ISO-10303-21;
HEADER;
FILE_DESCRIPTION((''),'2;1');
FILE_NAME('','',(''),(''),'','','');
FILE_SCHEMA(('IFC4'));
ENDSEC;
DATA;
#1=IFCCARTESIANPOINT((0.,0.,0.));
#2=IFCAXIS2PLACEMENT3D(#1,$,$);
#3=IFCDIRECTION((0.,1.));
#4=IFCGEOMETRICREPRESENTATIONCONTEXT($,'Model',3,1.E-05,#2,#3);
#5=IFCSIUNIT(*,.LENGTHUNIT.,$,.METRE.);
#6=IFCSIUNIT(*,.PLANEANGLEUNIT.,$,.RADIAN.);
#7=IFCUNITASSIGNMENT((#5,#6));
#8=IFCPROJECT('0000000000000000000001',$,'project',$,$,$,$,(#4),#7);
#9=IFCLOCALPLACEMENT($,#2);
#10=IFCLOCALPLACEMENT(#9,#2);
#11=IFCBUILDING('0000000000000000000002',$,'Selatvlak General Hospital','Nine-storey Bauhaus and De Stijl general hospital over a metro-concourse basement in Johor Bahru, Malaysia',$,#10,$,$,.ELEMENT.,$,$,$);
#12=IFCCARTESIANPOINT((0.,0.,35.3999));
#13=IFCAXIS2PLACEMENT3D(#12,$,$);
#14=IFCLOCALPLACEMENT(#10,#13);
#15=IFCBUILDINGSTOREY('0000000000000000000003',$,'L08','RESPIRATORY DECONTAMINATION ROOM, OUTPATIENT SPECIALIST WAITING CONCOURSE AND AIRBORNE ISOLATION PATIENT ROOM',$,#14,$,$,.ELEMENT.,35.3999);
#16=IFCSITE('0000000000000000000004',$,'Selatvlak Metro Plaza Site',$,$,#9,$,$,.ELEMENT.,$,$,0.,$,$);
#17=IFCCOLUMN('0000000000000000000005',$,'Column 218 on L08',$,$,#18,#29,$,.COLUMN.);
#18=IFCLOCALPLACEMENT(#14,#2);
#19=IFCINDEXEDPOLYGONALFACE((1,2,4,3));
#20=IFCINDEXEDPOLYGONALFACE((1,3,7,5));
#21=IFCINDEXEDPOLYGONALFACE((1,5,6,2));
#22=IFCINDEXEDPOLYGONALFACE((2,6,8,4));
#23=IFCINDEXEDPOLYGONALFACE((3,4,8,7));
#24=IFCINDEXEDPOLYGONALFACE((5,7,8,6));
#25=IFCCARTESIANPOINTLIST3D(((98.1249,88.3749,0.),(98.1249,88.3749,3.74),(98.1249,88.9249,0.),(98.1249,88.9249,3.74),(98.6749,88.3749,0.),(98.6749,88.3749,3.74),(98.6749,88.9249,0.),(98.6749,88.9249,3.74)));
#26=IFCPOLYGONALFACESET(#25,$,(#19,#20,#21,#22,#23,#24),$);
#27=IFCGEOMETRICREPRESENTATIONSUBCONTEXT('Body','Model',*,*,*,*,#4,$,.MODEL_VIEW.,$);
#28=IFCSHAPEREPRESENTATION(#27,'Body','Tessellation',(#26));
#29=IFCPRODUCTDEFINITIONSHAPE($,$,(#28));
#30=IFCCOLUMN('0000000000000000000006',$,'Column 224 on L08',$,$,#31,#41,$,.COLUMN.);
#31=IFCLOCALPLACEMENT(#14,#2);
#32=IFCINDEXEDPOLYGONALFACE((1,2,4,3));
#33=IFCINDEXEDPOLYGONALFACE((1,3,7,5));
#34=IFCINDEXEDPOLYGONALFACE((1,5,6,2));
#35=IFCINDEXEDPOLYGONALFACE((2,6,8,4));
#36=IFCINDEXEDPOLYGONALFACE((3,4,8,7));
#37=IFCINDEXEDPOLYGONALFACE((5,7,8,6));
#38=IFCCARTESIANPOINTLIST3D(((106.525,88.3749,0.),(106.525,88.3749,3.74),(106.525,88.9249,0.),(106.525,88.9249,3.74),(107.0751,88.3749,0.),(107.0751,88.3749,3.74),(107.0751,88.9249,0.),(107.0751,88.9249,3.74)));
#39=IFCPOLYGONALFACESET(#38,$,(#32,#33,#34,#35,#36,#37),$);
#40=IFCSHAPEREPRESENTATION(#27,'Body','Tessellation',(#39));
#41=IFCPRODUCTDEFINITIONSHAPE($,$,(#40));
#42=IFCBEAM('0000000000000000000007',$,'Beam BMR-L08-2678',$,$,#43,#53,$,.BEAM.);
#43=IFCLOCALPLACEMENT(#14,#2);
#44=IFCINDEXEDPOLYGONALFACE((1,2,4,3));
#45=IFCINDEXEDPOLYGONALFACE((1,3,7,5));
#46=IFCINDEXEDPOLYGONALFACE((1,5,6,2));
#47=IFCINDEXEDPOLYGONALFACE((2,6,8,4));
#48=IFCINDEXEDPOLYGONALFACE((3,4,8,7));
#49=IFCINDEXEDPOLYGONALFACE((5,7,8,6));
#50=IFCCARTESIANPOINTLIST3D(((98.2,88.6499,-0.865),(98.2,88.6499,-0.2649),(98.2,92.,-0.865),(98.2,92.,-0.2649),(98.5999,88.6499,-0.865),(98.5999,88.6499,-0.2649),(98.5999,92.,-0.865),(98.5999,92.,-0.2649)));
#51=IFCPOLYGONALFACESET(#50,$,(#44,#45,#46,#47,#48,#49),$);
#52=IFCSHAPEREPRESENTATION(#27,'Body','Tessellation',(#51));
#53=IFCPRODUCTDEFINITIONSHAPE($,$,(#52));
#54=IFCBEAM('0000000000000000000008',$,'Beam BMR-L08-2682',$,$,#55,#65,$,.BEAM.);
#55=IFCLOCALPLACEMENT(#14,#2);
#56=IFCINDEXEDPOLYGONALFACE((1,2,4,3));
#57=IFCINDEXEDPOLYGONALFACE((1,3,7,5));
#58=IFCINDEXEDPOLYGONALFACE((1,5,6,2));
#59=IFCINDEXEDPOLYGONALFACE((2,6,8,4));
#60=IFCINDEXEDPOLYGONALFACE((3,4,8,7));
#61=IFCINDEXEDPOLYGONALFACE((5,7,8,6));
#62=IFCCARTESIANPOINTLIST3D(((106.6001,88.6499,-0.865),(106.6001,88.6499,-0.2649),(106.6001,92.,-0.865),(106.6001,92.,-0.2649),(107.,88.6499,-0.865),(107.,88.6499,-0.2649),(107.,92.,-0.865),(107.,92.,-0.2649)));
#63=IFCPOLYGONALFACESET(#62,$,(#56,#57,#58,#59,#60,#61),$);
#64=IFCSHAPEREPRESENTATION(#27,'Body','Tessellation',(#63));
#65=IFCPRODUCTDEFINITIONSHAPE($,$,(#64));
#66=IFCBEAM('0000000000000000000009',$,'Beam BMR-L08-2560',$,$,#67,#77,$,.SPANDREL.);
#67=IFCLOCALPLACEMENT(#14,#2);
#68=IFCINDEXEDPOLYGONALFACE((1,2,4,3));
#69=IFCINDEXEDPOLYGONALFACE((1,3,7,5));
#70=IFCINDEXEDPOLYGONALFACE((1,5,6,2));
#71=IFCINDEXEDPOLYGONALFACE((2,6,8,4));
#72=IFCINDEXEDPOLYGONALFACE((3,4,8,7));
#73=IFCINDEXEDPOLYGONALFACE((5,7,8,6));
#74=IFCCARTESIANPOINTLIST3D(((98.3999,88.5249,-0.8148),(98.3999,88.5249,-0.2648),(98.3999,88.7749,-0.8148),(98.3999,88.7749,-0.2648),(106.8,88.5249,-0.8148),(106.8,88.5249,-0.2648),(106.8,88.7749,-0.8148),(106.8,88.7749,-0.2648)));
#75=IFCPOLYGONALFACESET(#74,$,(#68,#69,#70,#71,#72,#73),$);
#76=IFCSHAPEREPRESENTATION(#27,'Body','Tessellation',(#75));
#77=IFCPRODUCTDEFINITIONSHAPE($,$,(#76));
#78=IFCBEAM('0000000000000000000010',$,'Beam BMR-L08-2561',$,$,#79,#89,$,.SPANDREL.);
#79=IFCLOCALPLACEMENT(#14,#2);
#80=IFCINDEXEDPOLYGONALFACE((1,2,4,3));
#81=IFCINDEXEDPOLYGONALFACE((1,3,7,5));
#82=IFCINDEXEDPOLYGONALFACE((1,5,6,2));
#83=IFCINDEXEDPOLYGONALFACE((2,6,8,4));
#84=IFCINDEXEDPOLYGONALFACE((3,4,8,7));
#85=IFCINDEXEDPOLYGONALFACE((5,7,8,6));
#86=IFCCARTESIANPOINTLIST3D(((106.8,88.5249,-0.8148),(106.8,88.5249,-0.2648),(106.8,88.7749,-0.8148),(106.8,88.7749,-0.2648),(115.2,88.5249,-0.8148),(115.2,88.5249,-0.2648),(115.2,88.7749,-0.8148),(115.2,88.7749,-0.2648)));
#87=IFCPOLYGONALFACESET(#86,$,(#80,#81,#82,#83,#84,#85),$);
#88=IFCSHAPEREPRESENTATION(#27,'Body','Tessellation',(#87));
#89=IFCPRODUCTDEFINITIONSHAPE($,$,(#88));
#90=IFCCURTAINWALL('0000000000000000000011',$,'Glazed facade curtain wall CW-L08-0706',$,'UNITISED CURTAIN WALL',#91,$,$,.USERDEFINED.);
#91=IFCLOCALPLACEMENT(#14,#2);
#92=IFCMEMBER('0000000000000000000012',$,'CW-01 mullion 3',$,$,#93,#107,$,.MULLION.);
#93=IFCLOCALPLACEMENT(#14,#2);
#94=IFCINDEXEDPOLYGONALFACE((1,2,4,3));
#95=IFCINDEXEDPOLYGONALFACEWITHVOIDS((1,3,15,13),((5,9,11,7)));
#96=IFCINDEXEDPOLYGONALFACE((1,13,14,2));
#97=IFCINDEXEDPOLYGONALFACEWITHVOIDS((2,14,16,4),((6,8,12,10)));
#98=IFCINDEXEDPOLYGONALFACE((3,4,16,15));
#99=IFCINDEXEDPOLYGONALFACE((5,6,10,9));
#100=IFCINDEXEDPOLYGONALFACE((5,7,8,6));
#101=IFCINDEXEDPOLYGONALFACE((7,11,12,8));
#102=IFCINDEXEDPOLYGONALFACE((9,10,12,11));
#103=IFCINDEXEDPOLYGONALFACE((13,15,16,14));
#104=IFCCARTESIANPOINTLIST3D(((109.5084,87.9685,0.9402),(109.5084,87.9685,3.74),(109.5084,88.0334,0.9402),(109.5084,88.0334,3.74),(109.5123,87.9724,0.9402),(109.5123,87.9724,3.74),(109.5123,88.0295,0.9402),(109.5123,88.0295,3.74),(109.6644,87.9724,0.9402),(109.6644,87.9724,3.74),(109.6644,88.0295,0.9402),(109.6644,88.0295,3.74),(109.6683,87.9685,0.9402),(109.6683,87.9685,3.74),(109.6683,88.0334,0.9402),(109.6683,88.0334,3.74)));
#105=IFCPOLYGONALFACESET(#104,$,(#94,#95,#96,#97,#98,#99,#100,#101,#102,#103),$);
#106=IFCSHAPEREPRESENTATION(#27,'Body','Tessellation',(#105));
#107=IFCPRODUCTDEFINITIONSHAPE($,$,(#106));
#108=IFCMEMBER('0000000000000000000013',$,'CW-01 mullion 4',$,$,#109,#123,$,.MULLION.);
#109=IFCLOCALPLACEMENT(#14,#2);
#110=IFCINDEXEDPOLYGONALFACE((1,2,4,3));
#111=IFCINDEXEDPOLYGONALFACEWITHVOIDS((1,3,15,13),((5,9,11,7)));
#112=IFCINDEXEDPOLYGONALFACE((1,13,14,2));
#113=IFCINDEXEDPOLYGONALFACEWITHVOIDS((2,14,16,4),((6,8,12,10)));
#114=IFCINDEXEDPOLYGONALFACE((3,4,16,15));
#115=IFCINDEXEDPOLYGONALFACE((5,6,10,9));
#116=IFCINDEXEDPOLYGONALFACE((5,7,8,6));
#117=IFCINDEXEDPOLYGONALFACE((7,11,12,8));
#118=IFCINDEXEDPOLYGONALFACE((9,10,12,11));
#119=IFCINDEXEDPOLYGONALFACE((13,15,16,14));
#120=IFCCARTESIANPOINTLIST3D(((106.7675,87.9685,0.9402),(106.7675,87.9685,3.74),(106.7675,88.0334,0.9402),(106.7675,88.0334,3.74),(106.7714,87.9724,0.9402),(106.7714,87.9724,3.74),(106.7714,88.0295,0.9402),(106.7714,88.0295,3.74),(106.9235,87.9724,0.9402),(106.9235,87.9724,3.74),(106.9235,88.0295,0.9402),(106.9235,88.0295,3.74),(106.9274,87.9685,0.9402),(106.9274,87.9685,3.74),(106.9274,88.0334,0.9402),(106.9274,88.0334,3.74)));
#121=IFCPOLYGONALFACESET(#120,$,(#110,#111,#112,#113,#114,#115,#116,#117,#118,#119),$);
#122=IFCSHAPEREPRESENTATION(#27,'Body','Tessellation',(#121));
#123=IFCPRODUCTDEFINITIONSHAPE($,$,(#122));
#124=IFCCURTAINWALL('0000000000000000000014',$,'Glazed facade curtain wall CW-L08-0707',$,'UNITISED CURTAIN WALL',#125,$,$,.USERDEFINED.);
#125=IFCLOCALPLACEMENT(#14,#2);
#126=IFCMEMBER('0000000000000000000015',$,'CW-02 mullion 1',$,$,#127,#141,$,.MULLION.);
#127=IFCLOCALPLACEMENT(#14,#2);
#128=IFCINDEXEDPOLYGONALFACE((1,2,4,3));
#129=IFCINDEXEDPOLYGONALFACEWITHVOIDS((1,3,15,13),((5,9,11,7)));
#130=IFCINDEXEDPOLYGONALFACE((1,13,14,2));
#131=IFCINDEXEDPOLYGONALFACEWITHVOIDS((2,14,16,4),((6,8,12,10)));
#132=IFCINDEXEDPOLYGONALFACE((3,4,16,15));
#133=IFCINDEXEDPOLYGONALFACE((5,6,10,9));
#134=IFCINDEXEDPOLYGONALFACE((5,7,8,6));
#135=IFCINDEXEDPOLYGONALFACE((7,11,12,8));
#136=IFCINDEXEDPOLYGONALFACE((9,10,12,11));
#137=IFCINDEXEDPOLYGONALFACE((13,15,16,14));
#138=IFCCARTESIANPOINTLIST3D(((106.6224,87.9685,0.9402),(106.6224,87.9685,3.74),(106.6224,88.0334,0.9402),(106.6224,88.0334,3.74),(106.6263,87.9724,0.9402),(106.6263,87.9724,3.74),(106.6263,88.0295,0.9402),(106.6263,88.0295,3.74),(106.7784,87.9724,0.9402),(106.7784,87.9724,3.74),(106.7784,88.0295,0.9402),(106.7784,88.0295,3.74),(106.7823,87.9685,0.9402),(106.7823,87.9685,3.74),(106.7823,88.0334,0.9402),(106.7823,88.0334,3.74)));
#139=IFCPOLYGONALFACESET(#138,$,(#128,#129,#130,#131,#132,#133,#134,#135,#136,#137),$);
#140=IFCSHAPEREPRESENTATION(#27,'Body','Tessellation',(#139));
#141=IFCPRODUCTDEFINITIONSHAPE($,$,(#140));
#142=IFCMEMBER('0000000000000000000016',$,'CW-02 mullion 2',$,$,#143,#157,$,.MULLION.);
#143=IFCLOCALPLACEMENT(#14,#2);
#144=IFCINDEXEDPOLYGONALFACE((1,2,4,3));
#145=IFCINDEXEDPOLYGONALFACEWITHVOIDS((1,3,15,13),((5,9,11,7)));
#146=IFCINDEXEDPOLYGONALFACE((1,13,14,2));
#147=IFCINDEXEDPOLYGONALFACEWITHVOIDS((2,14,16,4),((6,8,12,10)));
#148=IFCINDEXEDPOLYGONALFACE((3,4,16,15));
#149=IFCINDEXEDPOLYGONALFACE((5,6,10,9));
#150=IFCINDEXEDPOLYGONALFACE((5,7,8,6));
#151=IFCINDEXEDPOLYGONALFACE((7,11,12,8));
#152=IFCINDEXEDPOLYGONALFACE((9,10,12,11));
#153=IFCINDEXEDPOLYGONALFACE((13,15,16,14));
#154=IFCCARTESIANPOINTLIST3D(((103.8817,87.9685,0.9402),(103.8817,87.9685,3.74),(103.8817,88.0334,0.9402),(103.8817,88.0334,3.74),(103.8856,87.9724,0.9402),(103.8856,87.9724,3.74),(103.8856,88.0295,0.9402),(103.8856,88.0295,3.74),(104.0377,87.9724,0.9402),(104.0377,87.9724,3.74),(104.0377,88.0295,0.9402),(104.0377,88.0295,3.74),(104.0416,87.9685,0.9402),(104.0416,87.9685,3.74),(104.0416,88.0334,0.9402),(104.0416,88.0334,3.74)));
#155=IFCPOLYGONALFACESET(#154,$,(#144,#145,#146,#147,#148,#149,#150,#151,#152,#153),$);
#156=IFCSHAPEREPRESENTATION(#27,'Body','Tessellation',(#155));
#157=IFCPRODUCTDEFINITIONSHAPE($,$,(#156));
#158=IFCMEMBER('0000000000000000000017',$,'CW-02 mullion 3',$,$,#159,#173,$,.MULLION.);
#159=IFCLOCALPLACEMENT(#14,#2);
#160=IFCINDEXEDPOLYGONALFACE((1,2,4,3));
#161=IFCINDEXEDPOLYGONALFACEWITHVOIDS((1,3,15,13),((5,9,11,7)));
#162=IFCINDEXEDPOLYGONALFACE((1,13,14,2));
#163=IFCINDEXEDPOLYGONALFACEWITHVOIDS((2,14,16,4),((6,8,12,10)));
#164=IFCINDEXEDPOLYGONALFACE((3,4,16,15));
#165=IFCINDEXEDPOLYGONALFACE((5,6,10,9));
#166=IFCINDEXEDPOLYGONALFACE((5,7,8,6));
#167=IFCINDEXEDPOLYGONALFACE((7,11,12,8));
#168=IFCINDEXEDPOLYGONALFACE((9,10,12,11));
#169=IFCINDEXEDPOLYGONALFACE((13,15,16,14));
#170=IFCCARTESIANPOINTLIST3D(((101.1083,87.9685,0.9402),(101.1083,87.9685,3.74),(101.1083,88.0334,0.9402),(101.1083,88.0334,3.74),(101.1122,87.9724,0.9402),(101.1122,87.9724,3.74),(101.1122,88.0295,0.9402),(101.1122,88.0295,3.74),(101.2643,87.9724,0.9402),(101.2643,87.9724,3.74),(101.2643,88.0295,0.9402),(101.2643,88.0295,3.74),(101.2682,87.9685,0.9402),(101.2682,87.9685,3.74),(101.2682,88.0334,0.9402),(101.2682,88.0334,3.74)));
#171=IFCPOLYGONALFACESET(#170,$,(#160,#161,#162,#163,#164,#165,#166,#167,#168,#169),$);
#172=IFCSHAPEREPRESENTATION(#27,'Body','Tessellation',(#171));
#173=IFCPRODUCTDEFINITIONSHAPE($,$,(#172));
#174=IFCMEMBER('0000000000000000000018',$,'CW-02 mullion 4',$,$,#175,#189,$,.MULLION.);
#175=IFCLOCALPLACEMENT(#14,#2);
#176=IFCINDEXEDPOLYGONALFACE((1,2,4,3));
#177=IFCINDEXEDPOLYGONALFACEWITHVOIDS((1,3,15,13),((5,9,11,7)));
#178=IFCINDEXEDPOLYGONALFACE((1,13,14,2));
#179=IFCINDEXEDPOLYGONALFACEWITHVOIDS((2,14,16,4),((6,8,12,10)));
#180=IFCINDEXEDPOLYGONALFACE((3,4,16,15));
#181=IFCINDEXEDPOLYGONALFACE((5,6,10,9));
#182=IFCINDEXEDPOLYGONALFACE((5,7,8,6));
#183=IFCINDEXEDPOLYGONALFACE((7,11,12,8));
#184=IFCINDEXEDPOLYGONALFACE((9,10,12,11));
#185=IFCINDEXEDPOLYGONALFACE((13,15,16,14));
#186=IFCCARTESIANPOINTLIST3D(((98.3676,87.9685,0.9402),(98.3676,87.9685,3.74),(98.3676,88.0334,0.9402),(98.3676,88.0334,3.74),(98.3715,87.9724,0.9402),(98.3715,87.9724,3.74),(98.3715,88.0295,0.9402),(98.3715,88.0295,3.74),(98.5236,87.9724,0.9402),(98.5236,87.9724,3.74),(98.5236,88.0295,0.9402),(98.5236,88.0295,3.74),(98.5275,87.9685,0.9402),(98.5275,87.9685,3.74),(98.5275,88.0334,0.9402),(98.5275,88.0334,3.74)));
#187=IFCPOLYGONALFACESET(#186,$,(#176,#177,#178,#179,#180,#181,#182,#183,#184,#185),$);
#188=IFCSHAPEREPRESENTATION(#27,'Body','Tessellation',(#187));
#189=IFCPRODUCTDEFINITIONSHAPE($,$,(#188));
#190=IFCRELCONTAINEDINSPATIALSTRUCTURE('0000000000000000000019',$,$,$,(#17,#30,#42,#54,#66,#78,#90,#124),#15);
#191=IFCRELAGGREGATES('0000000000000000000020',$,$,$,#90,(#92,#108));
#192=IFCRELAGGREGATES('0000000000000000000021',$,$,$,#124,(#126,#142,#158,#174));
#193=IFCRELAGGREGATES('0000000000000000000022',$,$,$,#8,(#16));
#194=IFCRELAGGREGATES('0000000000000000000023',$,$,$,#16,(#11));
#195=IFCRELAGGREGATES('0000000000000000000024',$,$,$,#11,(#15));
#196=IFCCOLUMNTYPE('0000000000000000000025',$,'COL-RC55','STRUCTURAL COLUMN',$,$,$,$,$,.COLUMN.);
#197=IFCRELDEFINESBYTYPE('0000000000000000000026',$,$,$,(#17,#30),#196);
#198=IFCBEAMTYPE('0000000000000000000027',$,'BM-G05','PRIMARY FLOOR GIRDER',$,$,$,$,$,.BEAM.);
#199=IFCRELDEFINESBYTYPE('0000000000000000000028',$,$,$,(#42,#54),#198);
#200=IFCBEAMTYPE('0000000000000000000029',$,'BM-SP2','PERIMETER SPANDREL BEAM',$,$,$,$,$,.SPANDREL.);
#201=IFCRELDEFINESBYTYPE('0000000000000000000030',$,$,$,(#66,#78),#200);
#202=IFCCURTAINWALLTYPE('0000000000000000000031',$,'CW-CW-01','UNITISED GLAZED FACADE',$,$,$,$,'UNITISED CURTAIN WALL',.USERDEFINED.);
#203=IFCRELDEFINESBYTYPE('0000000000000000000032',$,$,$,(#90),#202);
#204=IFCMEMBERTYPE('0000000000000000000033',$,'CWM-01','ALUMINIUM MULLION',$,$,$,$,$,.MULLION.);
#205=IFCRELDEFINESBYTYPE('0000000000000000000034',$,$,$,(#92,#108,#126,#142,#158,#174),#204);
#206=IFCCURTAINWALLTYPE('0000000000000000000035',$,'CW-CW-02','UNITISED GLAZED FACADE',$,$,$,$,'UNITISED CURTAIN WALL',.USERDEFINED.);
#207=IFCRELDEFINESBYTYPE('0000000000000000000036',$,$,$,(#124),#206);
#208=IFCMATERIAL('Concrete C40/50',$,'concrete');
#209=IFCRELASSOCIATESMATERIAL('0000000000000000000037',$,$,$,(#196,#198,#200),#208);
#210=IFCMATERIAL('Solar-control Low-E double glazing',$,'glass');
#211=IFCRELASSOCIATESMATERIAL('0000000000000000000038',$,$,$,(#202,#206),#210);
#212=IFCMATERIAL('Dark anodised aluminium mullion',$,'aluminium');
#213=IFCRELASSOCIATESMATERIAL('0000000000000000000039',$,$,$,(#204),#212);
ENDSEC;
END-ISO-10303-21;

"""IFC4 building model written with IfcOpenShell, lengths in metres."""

from ifc_helpers import new_model, si_unit, direction, frame, origin, origin_2d, place, context, subcontext, project, spatial, rectangle, hollow_rectangle, extrude, material, material_profile, profile_set, type_object, element, aggregate, save


model = new_model("IFC4")

# Units and contexts
model_context = context("Model", 3, precision=1e-05, world=origin(), true_north=direction((0.0, 1.0)))
body_context = subcontext(model_context, "Body", "Model", "MODEL_VIEW")
ifc_project = project(units=[si_unit("LENGTHUNIT", "METRE"), si_unit("PLANEANGLEUNIT", "RADIAN")], contexts=[model_context])

# Site, building, storey
site_placement = place(None, origin())
site = spatial("IfcSite", under=ifc_project, at=site_placement, Name="Selatvlak Metro Plaza Site", CompositionType="ELEMENT", RefElevation=0.0)
building_placement = place(site_placement, origin())
building = spatial("IfcBuilding", under=site, at=building_placement, Name="Selatvlak General Hospital", Description="Nine-storey Bauhaus and De Stijl general hospital over a metro-concourse basement in Johor Bahru, Malaysia", CompositionType="ELEMENT")
storey_placement = place(building_placement, frame((0.0, 0.0, 35.3999)))
storey = spatial("IfcBuildingStorey", under=building, at=storey_placement, Name="L08", Description="RESPIRATORY DECONTAMINATION ROOM, OUTPATIENT SPECIALIST WAITING CONCOURSE AND AIRBORNE ISOLATION PATIENT ROOM", CompositionType="ELEMENT", Elevation=35.3999)

# Columns
ifc_material_1 = material(Name="Concrete C40/50", Category="concrete")
ifc_material_profile_1 = material_profile(ifc_material_1, rectangle(XDim=0.55, YDim=0.55, at=origin_2d()), Name="RC-COL 550x550")
ifc_profile_set_1 = profile_set([ifc_material_profile_1], Name="Concrete C40/50")
column_type = type_object("IfcColumnType", Name="COL-RC55", Description="STRUCTURAL COLUMN", PredefinedType="COLUMN", material=ifc_profile_set_1)
for number, where, z_axis, x_axis, name in (
    (1, (98.3999, 88.6499, 0.0), (0.0, 0.0, 1.0), (1.0, 0.0, 0.0), "Column 218 on L08"),
    (2, (106.8, 88.6499, 0.0), (0.0, 0.0, 1.0), (1.0, 0.0, 0.0), "Column 224 on L08"),
):
    element("IfcColumn", number, at=place(storey_placement, frame(where, z_axis=z_axis, x_axis=x_axis)), inside=storey, type_object=column_type, Name=name, PredefinedType="COLUMN", context=body_context, shape_type="SweptSolid", body=[
        extrude(rectangle(XDim=0.55, YDim=0.55, at=origin_2d()), origin(), (0.0, 0.0, 1.0), 3.74),
    ])

# Beams
ifc_material_profile_2 = material_profile(ifc_material_1, rectangle(XDim=0.3999, YDim=0.6001, at=origin_2d()), Name="RC-BM 400x600")
ifc_profile_set_2 = profile_set([ifc_material_profile_2], Name="Concrete C40/50")
beam_type_1 = type_object("IfcBeamType", Name="BM-G05", Description="PRIMARY FLOOR GIRDER", PredefinedType="BEAM", material=ifc_profile_set_2)
for number, where, z_axis, x_axis, name in (
    (3, (98.3999, 88.6499, -0.5649), (0.0, 1.0, 0.0), (-1.0, 0.0, 0.0), "Beam BMR-L08-2678"),
    (4, (106.8, 88.6499, -0.5649), (0.0, 1.0, 0.0), (-1.0, 0.0, 0.0), "Beam BMR-L08-2682"),
):
    element("IfcBeam", number, at=place(storey_placement, frame(where, z_axis=z_axis, x_axis=x_axis)), inside=storey, type_object=beam_type_1, Name=name, PredefinedType="BEAM", context=body_context, shape_type="SweptSolid", body=[
        extrude(rectangle(XDim=0.3999, YDim=0.6001, at=origin_2d()), origin(), (0.0, 0.0, 1.0), 3.3501),
    ])
ifc_material_profile_3 = material_profile(ifc_material_1, rectangle(XDim=0.25, YDim=0.55, at=origin_2d()), Name="RC-SP 250x550")
ifc_profile_set_3 = profile_set([ifc_material_profile_3], Name="Concrete C40/50")
beam_type_2 = type_object("IfcBeamType", Name="BM-SP2", Description="PERIMETER SPANDREL BEAM", PredefinedType="SPANDREL", material=ifc_profile_set_3)
beam_1_placement = place(storey_placement, frame((98.3999, 88.6499, -0.5398), z_axis=(1.0, 0.0, 0.0), x_axis=(0.0, 1.0, 0.0)))
element("IfcBeam", 5, at=beam_1_placement, inside=storey, type_object=beam_type_2, Name="Beam BMR-L08-2560", PredefinedType="SPANDREL", context=body_context, shape_type="SweptSolid", body=[
    extrude(rectangle(XDim=0.25, YDim=0.55, at=origin_2d()), origin(), (0.0, 0.0, 1.0), 8.4001),
])
beam_2_placement = place(storey_placement, frame((106.8, 88.6499, -0.5398), z_axis=(1.0, 0.0, 0.0), x_axis=(0.0, 1.0, 0.0)))
element("IfcBeam", 6, at=beam_2_placement, inside=storey, type_object=beam_type_2, Name="Beam BMR-L08-2561", PredefinedType="SPANDREL", context=body_context, shape_type="SweptSolid", body=[
    extrude(rectangle(XDim=0.25, YDim=0.55, at=origin_2d()), origin(), (0.0, 0.0, 1.0), 8.3999),
])

# Curtain walls, members
ifc_material_2 = material(Name="Solar-control Low-E double glazing", Category="glass")
curtain_wall_type_1 = type_object("IfcCurtainWallType", Name="CW-CW-01", Description="UNITISED GLAZED FACADE", ElementType="UNITISED CURTAIN WALL", PredefinedType="USERDEFINED", material=ifc_material_2)
curtain_wall_1_placement = place(storey_placement, origin())
curtain_wall_1 = element("IfcCurtainWall", 7, at=curtain_wall_1_placement, inside=storey, type_object=curtain_wall_type_1, Name="Glazed facade curtain wall CW-L08-0706", ObjectType="UNITISED CURTAIN WALL", PredefinedType="USERDEFINED")
ifc_material_3 = material(Name="Dark anodised aluminium mullion", Category="aluminium")
ifc_material_profile_4 = material_profile(ifc_material_3, hollow_rectangle(XDim=0.0649, YDim=0.1599, WallThickness=0.0039, at=origin_2d()), Name="AL-MUL 65x160x4")
ifc_profile_set_4 = profile_set([ifc_material_profile_4], Name="Dark anodised aluminium mullion")
member_type_1 = type_object("IfcMemberType", Name="CWM-01", Description="ALUMINIUM MULLION", PredefinedType="MULLION", material=ifc_profile_set_4)
member_1_placement = place(storey_placement, frame((109.5884, 88.001, 0.9402), z_axis=(0.0, 0.0, 1.0), x_axis=(0.0, -1.0, 0.0)))
member_1 = element("IfcMember", 8, at=member_1_placement, type_object=member_type_1, Name="CW-01 mullion 3", PredefinedType="MULLION", context=body_context, shape_type="SweptSolid", body=[
    extrude(hollow_rectangle(XDim=0.0649, YDim=0.1599, WallThickness=0.0039, at=origin_2d()), origin(), (0.0, 0.0, 1.0), 2.7998),
])
member_2_placement = place(storey_placement, frame((106.8474, 88.001, 0.9402), z_axis=(0.0, 0.0, 1.0), x_axis=(0.0, -1.0, 0.0)))
member_2 = element("IfcMember", 9, at=member_2_placement, type_object=member_type_1, Name="CW-01 mullion 4", PredefinedType="MULLION", context=body_context, shape_type="SweptSolid", body=[
    extrude(hollow_rectangle(XDim=0.0649, YDim=0.1599, WallThickness=0.0039, at=origin_2d()), origin(), (0.0, 0.0, 1.0), 2.7998),
])
curtain_wall_type_2 = type_object("IfcCurtainWallType", Name="CW-CW-02", Description="UNITISED GLAZED FACADE", ElementType="UNITISED CURTAIN WALL", PredefinedType="USERDEFINED", material=ifc_material_2)
curtain_wall_2_placement = place(storey_placement, origin())
curtain_wall_2 = element("IfcCurtainWall", 10, at=curtain_wall_2_placement, inside=storey, type_object=curtain_wall_type_2, Name="Glazed facade curtain wall CW-L08-0707", ObjectType="UNITISED CURTAIN WALL", PredefinedType="USERDEFINED")
member_3_placement = place(storey_placement, frame((106.7024, 88.001, 0.9402), z_axis=(0.0, 0.0, 1.0), x_axis=(0.0, -1.0, 0.0)))
member_3 = element("IfcMember", 11, at=member_3_placement, type_object=member_type_1, Name="CW-02 mullion 1", PredefinedType="MULLION", context=body_context, shape_type="SweptSolid", body=[
    extrude(hollow_rectangle(XDim=0.0649, YDim=0.1599, WallThickness=0.0039, at=origin_2d()), origin(), (0.0, 0.0, 1.0), 2.7998),
])
member_4_placement = place(storey_placement, frame((103.9617, 88.001, 0.9402), z_axis=(0.0, 0.0, 1.0), x_axis=(0.0, -1.0, 0.0)))
member_4 = element("IfcMember", 12, at=member_4_placement, type_object=member_type_1, Name="CW-02 mullion 2", PredefinedType="MULLION", context=body_context, shape_type="SweptSolid", body=[
    extrude(hollow_rectangle(XDim=0.0649, YDim=0.1599, WallThickness=0.0039, at=origin_2d()), origin(), (0.0, 0.0, 1.0), 2.7998),
])
member_5_placement = place(storey_placement, frame((101.1882, 88.001, 0.9402), z_axis=(0.0, 0.0, 1.0), x_axis=(0.0, -1.0, 0.0)))
member_5 = element("IfcMember", 13, at=member_5_placement, type_object=member_type_1, Name="CW-02 mullion 3", PredefinedType="MULLION", context=body_context, shape_type="SweptSolid", body=[
    extrude(hollow_rectangle(XDim=0.0649, YDim=0.1599, WallThickness=0.0039, at=origin_2d()), origin(), (0.0, 0.0, 1.0), 2.7998),
])
member_6_placement = place(storey_placement, frame((98.4475, 88.001, 0.9402), z_axis=(0.0, 0.0, 1.0), x_axis=(0.0, -1.0, 0.0)))
member_6 = element("IfcMember", 14, at=member_6_placement, type_object=member_type_1, Name="CW-02 mullion 4", PredefinedType="MULLION", context=body_context, shape_type="SweptSolid", body=[
    extrude(hollow_rectangle(XDim=0.0649, YDim=0.1599, WallThickness=0.0039, at=origin_2d()), origin(), (0.0, 0.0, 1.0), 2.7998),
])

aggregate(curtain_wall_1, [member_1, member_2])
aggregate(curtain_wall_2, [member_3, member_4, member_5, member_6])

save(model, "model.ifc")
